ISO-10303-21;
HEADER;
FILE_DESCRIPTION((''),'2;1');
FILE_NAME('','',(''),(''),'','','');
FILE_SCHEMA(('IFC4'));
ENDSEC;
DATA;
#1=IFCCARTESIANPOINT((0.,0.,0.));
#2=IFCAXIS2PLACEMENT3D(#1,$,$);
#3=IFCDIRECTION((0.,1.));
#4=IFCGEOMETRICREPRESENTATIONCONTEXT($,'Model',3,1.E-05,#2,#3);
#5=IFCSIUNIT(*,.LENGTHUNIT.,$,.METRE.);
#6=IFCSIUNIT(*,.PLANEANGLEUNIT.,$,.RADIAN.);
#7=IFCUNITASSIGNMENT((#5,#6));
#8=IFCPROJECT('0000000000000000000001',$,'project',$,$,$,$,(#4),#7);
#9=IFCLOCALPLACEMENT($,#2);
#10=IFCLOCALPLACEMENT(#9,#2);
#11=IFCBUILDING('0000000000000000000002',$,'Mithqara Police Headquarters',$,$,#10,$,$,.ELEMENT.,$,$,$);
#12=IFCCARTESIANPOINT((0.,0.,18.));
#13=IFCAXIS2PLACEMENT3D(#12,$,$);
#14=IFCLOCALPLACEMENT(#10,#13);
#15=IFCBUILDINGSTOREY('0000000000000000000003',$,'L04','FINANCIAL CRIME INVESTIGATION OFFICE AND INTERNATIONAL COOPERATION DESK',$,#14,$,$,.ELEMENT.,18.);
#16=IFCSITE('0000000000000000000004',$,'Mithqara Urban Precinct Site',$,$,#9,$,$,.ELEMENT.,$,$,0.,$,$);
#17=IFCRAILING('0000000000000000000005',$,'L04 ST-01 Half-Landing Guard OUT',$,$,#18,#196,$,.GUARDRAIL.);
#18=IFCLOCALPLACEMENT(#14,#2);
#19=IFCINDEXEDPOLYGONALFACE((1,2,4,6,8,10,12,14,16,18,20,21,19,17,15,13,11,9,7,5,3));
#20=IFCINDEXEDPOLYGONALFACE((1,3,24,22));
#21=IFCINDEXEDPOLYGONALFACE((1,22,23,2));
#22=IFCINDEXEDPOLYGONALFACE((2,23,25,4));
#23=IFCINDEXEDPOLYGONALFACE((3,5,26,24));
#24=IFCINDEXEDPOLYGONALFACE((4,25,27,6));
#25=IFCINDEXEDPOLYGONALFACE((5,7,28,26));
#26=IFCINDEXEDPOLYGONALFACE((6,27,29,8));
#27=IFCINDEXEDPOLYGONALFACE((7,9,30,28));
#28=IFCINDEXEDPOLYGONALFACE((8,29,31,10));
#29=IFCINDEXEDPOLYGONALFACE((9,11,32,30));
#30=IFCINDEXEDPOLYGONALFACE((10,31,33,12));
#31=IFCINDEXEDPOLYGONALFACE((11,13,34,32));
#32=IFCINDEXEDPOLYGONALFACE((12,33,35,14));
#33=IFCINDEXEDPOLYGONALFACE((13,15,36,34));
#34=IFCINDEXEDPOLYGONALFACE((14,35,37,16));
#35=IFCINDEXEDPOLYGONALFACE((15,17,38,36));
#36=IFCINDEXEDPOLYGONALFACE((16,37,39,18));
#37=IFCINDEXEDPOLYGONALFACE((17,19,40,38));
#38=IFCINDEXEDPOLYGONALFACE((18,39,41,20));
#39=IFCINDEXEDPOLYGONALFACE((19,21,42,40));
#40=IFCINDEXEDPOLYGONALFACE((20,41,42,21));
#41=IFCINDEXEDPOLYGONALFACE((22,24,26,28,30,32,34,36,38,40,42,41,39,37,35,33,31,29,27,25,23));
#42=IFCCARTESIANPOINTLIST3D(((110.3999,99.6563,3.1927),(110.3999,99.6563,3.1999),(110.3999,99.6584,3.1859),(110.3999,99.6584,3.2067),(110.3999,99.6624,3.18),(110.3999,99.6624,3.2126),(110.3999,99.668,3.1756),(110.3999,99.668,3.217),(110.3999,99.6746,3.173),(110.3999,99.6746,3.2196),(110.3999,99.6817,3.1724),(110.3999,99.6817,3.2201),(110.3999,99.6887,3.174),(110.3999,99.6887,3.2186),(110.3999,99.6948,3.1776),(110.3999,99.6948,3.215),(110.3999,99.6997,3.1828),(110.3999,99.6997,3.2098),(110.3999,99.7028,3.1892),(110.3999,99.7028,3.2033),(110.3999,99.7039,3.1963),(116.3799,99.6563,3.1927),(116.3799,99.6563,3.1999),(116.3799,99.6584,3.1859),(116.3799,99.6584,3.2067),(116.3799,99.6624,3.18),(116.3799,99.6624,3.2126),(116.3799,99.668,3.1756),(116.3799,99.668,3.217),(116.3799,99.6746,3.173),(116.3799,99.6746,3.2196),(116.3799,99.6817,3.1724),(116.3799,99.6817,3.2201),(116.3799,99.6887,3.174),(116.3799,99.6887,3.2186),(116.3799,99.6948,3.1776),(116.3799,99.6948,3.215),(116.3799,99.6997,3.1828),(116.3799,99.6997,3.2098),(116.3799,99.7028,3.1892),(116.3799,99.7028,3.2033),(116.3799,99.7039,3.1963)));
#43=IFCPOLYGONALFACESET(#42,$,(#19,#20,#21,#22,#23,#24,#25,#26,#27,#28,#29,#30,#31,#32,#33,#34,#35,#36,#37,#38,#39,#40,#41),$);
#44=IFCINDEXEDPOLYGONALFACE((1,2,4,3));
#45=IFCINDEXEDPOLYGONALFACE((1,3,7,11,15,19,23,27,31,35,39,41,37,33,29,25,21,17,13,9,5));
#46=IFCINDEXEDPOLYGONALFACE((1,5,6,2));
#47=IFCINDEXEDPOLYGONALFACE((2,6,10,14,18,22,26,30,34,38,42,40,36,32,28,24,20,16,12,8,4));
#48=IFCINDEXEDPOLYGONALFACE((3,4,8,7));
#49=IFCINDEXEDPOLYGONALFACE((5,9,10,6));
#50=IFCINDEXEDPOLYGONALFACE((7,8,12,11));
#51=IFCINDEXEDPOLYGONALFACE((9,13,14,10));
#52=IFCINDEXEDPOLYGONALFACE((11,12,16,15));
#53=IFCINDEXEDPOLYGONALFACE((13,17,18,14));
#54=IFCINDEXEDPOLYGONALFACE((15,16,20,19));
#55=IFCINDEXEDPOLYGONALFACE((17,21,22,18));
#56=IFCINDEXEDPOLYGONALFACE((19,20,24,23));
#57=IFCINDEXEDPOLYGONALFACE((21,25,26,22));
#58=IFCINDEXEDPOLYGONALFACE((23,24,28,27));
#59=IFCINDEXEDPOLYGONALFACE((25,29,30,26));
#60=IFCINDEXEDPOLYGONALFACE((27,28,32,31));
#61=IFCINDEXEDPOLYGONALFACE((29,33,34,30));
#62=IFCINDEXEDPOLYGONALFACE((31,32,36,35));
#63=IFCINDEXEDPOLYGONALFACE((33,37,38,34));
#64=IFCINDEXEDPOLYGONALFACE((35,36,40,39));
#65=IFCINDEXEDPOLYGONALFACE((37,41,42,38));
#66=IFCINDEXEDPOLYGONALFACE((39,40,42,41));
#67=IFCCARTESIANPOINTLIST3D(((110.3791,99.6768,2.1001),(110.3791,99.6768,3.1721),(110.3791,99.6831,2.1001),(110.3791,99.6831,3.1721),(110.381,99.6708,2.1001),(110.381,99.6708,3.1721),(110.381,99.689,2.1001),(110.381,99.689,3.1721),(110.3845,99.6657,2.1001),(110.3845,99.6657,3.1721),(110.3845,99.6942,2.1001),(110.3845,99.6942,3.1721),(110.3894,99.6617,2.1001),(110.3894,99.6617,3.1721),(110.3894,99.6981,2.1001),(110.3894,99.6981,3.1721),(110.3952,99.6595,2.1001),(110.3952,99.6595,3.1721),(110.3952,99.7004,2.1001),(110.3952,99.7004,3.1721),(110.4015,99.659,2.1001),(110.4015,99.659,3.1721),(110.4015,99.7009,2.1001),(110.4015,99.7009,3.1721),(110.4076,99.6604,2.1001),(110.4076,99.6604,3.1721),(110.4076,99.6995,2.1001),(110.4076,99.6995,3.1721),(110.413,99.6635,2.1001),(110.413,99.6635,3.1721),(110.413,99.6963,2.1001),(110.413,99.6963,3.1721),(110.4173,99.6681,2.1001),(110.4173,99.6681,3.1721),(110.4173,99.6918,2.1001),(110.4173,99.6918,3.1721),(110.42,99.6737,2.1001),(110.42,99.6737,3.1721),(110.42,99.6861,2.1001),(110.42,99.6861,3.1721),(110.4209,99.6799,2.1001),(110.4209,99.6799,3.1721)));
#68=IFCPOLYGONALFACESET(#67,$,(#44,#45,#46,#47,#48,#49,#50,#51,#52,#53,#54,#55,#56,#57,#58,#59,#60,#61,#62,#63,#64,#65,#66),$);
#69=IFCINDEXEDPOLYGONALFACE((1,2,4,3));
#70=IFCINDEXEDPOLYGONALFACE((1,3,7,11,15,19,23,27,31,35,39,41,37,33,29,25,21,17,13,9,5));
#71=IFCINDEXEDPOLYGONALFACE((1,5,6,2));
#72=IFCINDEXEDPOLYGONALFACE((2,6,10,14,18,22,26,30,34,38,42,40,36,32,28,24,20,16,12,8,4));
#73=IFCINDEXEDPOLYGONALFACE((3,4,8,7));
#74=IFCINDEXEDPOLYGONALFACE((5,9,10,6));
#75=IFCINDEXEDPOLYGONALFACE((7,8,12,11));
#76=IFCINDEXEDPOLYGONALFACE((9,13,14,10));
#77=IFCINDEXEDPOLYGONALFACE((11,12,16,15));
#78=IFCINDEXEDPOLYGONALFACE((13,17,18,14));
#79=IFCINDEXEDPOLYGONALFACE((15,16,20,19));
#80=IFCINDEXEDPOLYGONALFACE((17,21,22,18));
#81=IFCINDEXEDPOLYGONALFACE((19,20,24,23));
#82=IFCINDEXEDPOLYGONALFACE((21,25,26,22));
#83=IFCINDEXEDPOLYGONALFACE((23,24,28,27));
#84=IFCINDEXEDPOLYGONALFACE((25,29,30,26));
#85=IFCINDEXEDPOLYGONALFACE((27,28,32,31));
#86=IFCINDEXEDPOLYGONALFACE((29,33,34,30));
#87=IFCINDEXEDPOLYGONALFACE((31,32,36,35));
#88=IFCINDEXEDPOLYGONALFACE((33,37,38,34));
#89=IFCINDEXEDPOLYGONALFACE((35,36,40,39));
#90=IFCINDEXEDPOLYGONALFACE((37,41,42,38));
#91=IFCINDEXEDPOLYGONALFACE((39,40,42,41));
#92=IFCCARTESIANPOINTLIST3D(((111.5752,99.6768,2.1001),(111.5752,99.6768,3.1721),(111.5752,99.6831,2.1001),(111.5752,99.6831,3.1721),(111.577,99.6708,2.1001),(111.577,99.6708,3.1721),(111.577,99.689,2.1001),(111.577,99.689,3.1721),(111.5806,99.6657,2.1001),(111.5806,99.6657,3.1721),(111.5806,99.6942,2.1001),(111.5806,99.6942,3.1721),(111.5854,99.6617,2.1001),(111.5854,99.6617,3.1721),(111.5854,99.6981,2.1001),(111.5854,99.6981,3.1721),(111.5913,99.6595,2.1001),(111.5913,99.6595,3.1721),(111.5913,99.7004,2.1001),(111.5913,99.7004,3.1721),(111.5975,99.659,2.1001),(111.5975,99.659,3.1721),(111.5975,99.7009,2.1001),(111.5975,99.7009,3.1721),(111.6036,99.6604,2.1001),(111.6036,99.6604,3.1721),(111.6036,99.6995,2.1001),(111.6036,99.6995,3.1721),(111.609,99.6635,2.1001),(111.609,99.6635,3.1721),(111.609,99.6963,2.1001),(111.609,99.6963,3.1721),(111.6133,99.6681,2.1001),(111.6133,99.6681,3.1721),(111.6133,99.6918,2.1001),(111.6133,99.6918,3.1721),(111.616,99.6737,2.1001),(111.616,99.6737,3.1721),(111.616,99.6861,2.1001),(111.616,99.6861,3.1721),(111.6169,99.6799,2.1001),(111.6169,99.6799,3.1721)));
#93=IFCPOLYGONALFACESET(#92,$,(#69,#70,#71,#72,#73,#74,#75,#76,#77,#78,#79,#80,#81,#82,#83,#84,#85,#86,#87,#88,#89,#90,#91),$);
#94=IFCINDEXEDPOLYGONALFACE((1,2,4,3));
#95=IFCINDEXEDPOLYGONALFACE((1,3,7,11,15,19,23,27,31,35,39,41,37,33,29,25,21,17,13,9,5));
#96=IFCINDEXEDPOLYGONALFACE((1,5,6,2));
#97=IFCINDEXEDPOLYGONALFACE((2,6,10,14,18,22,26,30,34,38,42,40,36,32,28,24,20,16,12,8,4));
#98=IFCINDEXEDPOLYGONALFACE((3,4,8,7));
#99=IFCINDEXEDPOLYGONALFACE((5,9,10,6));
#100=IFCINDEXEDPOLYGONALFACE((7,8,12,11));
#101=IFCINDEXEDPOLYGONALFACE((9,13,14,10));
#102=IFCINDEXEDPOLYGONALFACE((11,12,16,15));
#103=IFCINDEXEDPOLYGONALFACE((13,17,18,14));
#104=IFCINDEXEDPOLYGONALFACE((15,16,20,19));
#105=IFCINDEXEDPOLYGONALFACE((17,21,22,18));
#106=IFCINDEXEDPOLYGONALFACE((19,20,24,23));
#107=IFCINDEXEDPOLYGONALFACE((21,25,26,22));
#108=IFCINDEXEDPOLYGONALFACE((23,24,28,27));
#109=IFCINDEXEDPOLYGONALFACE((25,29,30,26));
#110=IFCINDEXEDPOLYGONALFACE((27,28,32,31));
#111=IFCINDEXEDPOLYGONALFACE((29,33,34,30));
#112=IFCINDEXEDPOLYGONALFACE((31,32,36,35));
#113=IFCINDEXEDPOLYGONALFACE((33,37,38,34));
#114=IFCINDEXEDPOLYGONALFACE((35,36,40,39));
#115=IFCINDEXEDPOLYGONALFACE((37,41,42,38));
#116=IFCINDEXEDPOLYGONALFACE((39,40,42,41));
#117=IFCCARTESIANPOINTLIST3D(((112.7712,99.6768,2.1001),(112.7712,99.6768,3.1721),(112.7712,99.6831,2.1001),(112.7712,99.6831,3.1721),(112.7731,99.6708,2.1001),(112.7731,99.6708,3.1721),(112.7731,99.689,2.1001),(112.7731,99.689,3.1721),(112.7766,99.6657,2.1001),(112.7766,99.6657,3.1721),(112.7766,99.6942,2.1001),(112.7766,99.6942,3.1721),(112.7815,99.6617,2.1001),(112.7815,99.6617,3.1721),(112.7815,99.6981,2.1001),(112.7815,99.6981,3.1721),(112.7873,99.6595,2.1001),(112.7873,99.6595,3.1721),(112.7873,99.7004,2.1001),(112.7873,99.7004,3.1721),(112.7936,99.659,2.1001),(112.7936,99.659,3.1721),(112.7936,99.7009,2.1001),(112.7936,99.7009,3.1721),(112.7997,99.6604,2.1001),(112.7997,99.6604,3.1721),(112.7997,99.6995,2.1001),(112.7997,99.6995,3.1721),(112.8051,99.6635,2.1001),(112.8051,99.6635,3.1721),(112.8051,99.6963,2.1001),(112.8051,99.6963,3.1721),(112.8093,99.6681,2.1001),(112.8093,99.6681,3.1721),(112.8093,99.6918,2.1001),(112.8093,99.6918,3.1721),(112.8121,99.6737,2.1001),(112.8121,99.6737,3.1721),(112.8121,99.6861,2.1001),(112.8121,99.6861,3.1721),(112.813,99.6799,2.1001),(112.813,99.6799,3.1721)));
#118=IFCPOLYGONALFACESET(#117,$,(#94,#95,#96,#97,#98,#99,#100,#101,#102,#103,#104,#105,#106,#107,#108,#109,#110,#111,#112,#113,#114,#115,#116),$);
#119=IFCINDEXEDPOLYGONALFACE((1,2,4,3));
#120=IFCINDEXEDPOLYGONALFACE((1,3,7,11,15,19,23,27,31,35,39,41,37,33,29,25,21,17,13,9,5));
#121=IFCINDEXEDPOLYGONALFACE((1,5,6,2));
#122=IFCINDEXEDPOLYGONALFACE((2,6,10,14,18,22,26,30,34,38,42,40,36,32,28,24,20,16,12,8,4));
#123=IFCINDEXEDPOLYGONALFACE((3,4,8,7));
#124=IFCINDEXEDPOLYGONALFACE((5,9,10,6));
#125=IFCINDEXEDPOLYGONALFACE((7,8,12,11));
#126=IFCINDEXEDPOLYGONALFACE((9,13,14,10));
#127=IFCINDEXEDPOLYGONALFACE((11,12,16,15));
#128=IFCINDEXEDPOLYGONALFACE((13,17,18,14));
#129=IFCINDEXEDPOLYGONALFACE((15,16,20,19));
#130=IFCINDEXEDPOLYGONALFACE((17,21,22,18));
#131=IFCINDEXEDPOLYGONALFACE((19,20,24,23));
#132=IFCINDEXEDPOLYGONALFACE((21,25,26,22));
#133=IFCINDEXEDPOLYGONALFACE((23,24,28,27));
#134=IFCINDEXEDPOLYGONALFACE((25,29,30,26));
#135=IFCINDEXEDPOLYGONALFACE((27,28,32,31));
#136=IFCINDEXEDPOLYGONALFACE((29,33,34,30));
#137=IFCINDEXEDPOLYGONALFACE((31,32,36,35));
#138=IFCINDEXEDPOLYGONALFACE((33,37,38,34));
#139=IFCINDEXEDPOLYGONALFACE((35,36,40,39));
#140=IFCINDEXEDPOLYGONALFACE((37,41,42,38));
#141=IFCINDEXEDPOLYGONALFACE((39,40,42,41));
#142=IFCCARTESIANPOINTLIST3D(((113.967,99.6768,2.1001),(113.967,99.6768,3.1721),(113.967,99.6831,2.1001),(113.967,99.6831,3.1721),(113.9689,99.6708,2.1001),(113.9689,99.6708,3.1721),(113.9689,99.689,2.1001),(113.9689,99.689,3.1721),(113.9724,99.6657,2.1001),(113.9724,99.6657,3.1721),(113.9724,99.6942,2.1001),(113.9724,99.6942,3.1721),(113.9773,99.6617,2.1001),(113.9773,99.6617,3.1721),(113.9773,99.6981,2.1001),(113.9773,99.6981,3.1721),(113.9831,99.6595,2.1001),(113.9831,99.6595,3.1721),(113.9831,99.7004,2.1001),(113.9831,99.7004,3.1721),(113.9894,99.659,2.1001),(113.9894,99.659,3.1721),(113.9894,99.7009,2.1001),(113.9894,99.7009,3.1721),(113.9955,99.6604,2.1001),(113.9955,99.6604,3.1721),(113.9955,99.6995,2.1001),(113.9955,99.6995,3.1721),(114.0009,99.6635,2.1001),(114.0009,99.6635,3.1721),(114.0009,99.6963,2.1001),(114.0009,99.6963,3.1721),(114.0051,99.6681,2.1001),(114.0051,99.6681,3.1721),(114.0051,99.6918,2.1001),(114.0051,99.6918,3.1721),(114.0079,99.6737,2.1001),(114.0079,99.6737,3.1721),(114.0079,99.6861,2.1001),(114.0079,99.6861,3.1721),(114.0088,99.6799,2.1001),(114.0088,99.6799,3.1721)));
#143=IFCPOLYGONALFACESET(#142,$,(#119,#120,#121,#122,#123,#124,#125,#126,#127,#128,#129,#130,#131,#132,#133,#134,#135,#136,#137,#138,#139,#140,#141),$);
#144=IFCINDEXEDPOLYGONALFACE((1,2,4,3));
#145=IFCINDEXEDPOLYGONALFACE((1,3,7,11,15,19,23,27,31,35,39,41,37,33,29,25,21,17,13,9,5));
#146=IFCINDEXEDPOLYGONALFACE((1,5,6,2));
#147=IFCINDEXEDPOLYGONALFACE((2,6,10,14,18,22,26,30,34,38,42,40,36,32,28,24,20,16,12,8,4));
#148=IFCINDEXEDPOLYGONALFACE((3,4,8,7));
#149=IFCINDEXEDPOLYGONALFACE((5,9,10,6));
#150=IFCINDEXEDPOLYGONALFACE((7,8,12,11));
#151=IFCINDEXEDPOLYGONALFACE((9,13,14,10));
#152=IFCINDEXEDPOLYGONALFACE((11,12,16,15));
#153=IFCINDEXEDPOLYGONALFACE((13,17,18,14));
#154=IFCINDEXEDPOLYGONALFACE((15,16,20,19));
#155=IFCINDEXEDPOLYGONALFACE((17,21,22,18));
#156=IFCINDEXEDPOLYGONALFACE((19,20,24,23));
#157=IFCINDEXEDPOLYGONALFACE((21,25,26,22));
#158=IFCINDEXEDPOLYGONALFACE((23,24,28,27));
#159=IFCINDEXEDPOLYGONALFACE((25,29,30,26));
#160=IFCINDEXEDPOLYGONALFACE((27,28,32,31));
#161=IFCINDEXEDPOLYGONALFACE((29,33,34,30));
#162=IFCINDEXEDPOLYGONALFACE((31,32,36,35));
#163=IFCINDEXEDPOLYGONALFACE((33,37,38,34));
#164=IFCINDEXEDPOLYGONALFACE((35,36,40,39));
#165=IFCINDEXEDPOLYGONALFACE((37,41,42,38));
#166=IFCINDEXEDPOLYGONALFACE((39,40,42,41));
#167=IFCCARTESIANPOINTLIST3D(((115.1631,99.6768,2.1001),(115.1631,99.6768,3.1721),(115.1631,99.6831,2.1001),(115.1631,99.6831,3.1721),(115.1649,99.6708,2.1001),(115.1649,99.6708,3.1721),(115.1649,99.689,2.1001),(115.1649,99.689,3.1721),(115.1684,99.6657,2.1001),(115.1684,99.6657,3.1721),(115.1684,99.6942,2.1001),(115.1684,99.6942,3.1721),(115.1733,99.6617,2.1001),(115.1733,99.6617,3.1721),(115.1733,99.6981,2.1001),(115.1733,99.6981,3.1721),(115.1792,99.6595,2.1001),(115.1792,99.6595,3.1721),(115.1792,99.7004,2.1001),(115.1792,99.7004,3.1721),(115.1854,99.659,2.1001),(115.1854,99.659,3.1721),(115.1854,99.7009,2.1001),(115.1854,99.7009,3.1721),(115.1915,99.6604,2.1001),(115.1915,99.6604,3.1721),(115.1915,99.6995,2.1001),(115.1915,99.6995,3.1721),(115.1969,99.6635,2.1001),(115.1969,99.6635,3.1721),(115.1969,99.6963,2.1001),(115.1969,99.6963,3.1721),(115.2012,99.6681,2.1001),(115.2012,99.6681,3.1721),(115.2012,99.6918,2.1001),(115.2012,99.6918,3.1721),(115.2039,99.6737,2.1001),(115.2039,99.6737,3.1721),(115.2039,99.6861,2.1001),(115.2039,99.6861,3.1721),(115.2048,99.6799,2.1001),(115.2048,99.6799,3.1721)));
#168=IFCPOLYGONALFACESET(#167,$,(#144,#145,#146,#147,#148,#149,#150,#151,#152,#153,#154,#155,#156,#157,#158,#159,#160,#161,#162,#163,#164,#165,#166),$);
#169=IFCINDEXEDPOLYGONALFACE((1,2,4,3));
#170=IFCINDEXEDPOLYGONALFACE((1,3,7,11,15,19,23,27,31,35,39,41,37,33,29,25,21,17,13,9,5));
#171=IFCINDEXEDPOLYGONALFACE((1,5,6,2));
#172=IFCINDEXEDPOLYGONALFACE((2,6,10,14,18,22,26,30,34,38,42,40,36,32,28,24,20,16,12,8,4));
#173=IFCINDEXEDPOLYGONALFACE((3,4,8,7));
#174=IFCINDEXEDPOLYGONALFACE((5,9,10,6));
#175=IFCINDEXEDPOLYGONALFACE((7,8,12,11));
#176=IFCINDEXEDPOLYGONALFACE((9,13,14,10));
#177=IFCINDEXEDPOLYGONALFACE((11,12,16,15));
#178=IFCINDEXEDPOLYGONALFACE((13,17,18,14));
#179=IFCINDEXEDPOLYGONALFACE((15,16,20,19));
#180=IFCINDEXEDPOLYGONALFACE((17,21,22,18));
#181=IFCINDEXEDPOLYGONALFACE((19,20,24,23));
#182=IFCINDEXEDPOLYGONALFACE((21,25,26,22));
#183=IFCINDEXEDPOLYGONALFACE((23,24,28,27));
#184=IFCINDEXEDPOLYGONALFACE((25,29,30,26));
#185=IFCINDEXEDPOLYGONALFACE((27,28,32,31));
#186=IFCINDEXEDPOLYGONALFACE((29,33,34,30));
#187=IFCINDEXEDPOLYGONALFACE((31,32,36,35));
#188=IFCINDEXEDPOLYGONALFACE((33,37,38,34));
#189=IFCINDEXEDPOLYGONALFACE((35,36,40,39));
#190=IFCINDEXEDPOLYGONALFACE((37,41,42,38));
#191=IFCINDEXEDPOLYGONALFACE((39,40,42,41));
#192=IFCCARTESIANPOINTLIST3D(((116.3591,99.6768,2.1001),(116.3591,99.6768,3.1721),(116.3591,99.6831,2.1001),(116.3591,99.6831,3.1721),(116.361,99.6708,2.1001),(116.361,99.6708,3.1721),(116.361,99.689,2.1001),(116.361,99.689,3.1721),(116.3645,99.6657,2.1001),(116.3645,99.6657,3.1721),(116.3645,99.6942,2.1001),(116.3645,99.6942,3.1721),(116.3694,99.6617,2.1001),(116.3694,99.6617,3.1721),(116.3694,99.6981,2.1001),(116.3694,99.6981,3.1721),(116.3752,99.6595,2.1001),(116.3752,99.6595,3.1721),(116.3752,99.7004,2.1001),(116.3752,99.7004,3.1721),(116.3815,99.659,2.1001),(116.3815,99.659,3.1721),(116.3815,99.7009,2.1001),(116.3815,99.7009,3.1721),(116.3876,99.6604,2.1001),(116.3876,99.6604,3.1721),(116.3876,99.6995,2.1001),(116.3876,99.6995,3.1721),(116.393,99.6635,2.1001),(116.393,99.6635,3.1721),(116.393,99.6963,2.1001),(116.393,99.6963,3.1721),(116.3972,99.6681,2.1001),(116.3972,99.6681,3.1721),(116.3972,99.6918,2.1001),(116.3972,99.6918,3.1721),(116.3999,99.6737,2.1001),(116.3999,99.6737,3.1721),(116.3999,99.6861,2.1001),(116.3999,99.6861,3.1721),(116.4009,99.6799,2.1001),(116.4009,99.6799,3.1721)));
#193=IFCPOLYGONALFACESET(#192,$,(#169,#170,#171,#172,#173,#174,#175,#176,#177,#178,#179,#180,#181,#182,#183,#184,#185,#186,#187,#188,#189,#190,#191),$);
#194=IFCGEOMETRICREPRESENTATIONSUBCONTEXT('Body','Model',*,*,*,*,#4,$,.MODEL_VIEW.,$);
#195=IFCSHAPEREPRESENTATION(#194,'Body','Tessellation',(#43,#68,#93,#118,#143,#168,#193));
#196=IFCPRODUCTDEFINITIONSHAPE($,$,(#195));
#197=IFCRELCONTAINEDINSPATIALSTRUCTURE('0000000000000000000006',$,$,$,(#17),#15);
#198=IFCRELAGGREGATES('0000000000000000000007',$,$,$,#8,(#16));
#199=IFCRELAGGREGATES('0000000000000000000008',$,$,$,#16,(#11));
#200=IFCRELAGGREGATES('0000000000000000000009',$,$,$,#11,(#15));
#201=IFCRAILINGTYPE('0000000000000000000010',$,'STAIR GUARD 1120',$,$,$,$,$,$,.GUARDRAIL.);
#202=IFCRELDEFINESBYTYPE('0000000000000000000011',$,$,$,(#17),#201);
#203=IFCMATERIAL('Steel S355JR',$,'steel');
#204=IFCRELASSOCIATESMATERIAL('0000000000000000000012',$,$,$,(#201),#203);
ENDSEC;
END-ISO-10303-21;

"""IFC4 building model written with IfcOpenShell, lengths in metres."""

from ifc_helpers import new_model, si_unit, direction, frame, origin, origin_2d, place, context, subcontext, project, spatial, circle, extrude, material, type_object, element, save


model = new_model("IFC4")

# Units and contexts
model_context = context("Model", 3, precision=1e-05, world=origin(), true_north=direction((0.0, 1.0)))
body_context = subcontext(model_context, "Body", "Model", "MODEL_VIEW")
ifc_project = project(units=[si_unit("LENGTHUNIT", "METRE"), si_unit("PLANEANGLEUNIT", "RADIAN")], contexts=[model_context])

# Site, building, storey
site_placement = place(None, origin())
site = spatial("IfcSite", under=ifc_project, at=site_placement, Name="Mithqara Urban Precinct Site", CompositionType="ELEMENT", RefElevation=0.0)
building_placement = place(site_placement, origin())
building = spatial("IfcBuilding", under=site, at=building_placement, Name="Mithqara Police Headquarters", CompositionType="ELEMENT")
storey_placement = place(building_placement, frame((0.0, 0.0, 18.0)))
storey = spatial("IfcBuildingStorey", under=building, at=storey_placement, Name="L04", Description="FINANCIAL CRIME INVESTIGATION OFFICE AND INTERNATIONAL COOPERATION DESK", CompositionType="ELEMENT", Elevation=18.0)

# Shared definitions
ifc_material_1 = material(Name="Steel S355JR", Category="steel")

# Railing
railing_type_1 = type_object("IfcRailingType", Name="STAIR GUARD 1120", PredefinedType="GUARDRAIL", material=ifc_material_1)
for number, where, name in (
    (1, (110.3999, 99.6799, 2.1001), "L04 ST-01 Half-Landing Guard OUT"),
):
    element("IfcRailing", number, at=place(storey_placement, frame(where)), inside=storey, type_object=railing_type_1, Name=name, PredefinedType="GUARDRAIL", context=body_context, shape_type="SweptSolid", body=[
        extrude(circle(Radius=0.0239, at=origin_2d()), frame((0.0, 0.0, 1.0962), z_axis=(1.0, 0.0, 0.0), x_axis=(0.0, 1.0, 0.0)), (0.0, 0.0, 1.0), 5.98),
        extrude(circle(Radius=0.021, at=origin_2d()), origin(), (0.0, 0.0, 1.0), 1.072),
        extrude(circle(Radius=0.021, at=origin_2d()), frame((1.196, 0.0, 0.0)), (0.0, 0.0, 1.0), 1.072),
        extrude(circle(Radius=0.021, at=origin_2d()), frame((2.3921, 0.0, 0.0)), (0.0, 0.0, 1.0), 1.072),
        extrude(circle(Radius=0.021, at=origin_2d()), frame((3.5879, 0.0, 0.0)), (0.0, 0.0, 1.0), 1.072),
        extrude(circle(Radius=0.021, at=origin_2d()), frame((4.7839, 0.0, 0.0)), (0.0, 0.0, 1.0), 1.072),
        extrude(circle(Radius=0.021, at=origin_2d()), frame((5.98, 0.0, 0.0)), (0.0, 0.0, 1.0), 1.072),
    ])

save(model, "model.ifc")
